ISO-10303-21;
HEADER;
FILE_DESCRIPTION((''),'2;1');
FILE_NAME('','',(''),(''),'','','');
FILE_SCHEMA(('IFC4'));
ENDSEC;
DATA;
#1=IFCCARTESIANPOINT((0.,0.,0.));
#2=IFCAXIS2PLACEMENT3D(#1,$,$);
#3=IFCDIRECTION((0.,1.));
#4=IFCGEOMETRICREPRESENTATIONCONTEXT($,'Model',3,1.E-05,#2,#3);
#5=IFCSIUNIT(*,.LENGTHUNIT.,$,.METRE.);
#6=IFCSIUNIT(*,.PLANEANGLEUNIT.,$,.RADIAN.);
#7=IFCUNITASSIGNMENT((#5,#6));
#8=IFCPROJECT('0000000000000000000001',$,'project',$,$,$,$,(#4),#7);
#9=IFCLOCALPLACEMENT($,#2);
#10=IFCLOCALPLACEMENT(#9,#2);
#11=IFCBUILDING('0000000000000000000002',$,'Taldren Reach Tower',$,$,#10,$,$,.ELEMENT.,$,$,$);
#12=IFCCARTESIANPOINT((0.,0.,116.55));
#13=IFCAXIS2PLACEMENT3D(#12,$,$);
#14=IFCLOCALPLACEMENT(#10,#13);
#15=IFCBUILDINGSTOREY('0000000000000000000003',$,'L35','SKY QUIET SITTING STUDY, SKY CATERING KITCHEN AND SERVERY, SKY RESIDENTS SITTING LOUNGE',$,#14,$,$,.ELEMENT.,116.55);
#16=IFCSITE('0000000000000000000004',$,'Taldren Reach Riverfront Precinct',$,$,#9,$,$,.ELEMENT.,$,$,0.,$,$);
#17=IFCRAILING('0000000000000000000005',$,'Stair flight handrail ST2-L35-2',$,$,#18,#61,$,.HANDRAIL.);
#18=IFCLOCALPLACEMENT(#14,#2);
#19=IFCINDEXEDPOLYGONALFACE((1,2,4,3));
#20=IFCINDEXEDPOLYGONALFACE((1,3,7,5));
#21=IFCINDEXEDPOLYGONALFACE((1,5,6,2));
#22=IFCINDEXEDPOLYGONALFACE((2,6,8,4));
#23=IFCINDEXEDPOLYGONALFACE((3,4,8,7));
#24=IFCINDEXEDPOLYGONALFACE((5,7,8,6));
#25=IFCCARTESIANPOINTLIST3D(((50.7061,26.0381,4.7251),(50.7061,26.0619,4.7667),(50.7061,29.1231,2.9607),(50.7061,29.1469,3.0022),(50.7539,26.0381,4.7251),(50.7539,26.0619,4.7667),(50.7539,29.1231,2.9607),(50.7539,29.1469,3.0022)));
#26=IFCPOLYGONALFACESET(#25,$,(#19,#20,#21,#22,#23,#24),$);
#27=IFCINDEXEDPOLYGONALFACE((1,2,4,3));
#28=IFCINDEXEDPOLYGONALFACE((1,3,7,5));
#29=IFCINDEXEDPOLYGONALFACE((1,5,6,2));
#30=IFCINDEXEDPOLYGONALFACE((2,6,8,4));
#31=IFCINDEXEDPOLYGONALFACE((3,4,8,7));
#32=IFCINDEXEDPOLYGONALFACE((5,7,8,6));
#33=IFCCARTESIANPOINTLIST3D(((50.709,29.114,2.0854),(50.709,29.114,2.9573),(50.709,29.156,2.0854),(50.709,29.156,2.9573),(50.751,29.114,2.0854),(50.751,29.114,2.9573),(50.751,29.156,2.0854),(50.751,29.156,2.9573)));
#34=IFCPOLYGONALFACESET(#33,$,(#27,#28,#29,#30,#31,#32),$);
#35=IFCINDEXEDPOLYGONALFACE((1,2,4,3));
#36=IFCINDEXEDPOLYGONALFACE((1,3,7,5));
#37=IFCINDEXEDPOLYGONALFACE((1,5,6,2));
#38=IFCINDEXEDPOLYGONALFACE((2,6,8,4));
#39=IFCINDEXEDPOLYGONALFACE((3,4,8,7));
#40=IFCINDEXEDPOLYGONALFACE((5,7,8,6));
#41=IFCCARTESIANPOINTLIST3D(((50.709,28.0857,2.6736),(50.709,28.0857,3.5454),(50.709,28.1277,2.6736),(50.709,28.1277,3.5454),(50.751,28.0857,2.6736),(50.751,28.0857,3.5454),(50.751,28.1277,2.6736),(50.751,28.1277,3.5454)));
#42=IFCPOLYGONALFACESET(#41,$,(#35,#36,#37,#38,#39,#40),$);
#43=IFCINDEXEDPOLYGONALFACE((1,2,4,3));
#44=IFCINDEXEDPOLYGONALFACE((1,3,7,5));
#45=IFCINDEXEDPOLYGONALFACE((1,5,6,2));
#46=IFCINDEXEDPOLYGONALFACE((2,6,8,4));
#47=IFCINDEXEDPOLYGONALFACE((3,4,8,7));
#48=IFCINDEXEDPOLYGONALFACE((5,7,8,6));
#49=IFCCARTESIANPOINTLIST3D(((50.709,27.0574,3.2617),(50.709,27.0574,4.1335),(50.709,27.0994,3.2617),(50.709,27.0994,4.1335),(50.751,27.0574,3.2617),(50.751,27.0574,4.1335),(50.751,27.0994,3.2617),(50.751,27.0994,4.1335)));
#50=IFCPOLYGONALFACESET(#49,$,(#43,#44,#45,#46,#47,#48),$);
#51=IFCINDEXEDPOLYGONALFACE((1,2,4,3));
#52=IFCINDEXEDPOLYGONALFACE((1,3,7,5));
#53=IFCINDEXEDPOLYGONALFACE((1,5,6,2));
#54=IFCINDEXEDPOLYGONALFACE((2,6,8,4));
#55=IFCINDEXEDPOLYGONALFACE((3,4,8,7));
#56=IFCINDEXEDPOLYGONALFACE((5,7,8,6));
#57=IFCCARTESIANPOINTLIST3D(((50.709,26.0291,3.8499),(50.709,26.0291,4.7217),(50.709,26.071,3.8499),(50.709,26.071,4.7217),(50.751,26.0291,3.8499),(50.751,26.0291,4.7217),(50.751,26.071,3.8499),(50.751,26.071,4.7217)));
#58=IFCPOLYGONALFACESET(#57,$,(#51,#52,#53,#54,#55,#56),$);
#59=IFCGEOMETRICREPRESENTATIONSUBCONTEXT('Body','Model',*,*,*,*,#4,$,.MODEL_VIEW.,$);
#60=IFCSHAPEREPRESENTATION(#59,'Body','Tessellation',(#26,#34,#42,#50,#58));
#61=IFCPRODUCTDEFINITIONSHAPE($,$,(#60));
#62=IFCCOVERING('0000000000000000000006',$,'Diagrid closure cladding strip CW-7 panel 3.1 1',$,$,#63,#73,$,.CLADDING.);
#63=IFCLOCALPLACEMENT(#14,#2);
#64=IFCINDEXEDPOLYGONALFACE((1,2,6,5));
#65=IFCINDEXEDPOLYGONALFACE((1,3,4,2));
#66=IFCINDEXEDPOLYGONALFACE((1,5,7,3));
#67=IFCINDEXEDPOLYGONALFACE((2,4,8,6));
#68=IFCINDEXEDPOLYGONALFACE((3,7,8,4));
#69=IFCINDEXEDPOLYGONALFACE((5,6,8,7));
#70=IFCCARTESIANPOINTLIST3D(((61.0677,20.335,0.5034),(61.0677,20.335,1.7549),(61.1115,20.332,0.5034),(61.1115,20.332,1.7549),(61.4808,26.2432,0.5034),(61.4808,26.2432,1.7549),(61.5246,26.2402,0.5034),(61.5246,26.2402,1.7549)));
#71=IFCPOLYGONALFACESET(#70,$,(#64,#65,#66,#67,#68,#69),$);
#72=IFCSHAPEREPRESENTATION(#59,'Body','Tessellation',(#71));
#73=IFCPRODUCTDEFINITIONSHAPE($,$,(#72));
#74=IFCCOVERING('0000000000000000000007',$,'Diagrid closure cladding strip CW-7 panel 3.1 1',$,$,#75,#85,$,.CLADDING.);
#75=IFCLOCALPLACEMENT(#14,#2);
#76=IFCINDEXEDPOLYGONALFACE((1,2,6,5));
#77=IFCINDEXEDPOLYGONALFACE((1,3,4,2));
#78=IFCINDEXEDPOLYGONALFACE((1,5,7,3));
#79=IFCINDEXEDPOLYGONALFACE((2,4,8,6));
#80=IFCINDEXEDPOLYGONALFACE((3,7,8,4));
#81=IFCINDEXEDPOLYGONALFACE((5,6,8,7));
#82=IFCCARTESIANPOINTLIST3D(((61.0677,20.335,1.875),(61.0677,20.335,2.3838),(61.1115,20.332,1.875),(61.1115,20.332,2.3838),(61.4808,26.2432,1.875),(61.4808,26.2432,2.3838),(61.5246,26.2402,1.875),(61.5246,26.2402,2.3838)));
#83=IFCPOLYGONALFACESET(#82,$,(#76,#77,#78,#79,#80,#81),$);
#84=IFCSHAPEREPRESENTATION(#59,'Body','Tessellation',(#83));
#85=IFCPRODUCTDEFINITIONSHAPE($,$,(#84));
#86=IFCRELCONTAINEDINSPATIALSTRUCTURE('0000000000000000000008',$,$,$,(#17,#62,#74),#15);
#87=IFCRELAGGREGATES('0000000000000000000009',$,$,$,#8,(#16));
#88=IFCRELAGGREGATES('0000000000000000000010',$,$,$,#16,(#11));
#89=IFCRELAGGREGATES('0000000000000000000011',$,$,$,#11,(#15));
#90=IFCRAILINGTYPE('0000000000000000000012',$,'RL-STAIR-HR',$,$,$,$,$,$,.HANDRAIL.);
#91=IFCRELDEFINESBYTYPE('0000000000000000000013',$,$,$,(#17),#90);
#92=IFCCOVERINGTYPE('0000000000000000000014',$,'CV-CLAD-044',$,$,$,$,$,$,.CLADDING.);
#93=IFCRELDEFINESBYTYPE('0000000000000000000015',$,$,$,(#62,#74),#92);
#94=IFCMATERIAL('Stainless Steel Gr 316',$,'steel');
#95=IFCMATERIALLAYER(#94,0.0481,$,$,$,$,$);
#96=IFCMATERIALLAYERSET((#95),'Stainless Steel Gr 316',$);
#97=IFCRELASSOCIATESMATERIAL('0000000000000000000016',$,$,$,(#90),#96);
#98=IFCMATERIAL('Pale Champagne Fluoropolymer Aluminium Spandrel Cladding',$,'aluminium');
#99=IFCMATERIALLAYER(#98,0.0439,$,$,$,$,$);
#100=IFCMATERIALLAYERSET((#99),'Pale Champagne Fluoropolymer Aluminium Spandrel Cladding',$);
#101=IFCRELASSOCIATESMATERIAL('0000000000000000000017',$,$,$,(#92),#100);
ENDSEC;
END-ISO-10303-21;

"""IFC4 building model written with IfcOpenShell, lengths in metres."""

from ifc_helpers import new_model, si_unit, direction, frame, origin, origin_2d, place, context, subcontext, project, spatial, rectangle, extrude, source, transform, mapped, material, layer, layer_set, type_object, element, save


model = new_model("IFC4")

# Units and contexts
model_context = context("Model", 3, precision=1e-05, world=origin(), true_north=direction((0.0, 1.0)))
body_context = subcontext(model_context, "Body", "Model", "MODEL_VIEW")
ifc_project = project(units=[si_unit("LENGTHUNIT", "METRE"), si_unit("PLANEANGLEUNIT", "RADIAN")], contexts=[model_context])

# Site, building, storey
site_placement = place(None, origin())
site = spatial("IfcSite", under=ifc_project, at=site_placement, Name="Taldren Reach Riverfront Precinct", CompositionType="ELEMENT", RefElevation=0.0)
building_placement = place(site_placement, origin())
building = spatial("IfcBuilding", under=site, at=building_placement, Name="Taldren Reach Tower", CompositionType="ELEMENT")
storey_placement = place(building_placement, frame((0.0, 0.0, 116.55)))
storey = spatial("IfcBuildingStorey", under=building, at=storey_placement, Name="L35", Description="SKY QUIET SITTING STUDY, SKY CATERING KITCHEN AND SERVERY, SKY RESIDENTS SITTING LOUNGE", CompositionType="ELEMENT", Elevation=116.55)

# Railing
ifc_material_1 = material(Name="Stainless Steel Gr 316", Category="steel")
ifc_layer_1 = layer(ifc_material_1, 0.0481)
ifc_layer_set_1 = layer_set([ifc_layer_1], Name="Stainless Steel Gr 316")
railing_type = type_object("IfcRailingType", Name="RL-STAIR-HR", PredefinedType="HANDRAIL", material=ifc_layer_set_1)
railing_placement = place(storey_placement, frame((50.73, 29.135, 2.0854)))
element("IfcRailing", 1, at=railing_placement, inside=storey, type_object=railing_type, Name="Stair flight handrail ST2-L35-2", PredefinedType="HANDRAIL", context=body_context, shape_type="SweptSolid", body=[
    extrude(rectangle(XDim=0.0479, YDim=0.0479, at=origin_2d()), frame((0.0, 0.0, 0.896), z_axis=(0.0, -0.868053, 0.496472), x_axis=(1.0, 0.0, 0.0)), (0.0, 0.0, 1.0), 3.554),
    extrude(rectangle(XDim=0.042, YDim=0.042, at=origin_2d()), origin(), (0.0, 0.0, 1.0), 0.8718),
    extrude(rectangle(XDim=0.042, YDim=0.042, at=origin_2d()), frame((0.0, -1.0283, 0.5881)), (0.0, 0.0, 1.0), 0.8718),
    extrude(rectangle(XDim=0.042, YDim=0.042, at=origin_2d()), frame((0.0, -2.0566, 1.1763)), (0.0, 0.0, 1.0), 0.8718),
    extrude(rectangle(XDim=0.042, YDim=0.042, at=origin_2d()), frame((0.0, -3.085, 1.7644)), (0.0, 0.0, 1.0), 0.8718),
])

# Coverings
ifc_material_2 = material(Name="Pale Champagne Fluoropolymer Aluminium Spandrel Cladding", Category="aluminium")
ifc_layer_2 = layer(ifc_material_2, 0.0439)
ifc_layer_set_2 = layer_set([ifc_layer_2], Name="Pale Champagne Fluoropolymer Aluminium Spandrel Cladding")
covering_type = type_object("IfcCoveringType", Name="CV-CLAD-044", PredefinedType="CLADDING", material=ifc_layer_set_2)
shared_shape_1 = source(origin(), body_context, "Body", "SweptSolid", [
    extrude(rectangle(XDim=5.9226, YDim=0.0439, at=origin_2d()), origin(), (0.0, 0.0, 1.0), 1.2515),
])
covering_1_placement = place(storey_placement, frame((61.2961, 23.2876, 0.5034), z_axis=(0.0, 0.0, 1.0), x_axis=(0.069757, 0.997564, 0.0)))
element("IfcCovering", 2, at=covering_1_placement, inside=storey, type_object=covering_type, Name="Diagrid closure cladding strip CW-7 panel 3.1 1", PredefinedType="CLADDING", context=body_context, shape_type="MappedRepresentation", body=[
    mapped(shared_shape_1, transform((0.0, 0.0, 0.0), scale=1.0)),
])
shared_shape_2 = source(origin(), body_context, "Body", "SweptSolid", [
    extrude(rectangle(XDim=5.9226, YDim=0.0439, at=origin_2d()), origin(), (0.0, 0.0, 1.0), 0.5088),
])
covering_2_placement = place(storey_placement, frame((61.2961, 23.2876, 1.875), z_axis=(0.0, 0.0, 1.0), x_axis=(0.069757, 0.997564, 0.0)))
element("IfcCovering", 3, at=covering_2_placement, inside=storey, type_object=covering_type, Name="Diagrid closure cladding strip CW-7 panel 3.1 1", PredefinedType="CLADDING", context=body_context, shape_type="MappedRepresentation", body=[
    mapped(shared_shape_2, transform((0.0, 0.0, 0.0), scale=1.0)),
])

save(model, "model.ifc")
